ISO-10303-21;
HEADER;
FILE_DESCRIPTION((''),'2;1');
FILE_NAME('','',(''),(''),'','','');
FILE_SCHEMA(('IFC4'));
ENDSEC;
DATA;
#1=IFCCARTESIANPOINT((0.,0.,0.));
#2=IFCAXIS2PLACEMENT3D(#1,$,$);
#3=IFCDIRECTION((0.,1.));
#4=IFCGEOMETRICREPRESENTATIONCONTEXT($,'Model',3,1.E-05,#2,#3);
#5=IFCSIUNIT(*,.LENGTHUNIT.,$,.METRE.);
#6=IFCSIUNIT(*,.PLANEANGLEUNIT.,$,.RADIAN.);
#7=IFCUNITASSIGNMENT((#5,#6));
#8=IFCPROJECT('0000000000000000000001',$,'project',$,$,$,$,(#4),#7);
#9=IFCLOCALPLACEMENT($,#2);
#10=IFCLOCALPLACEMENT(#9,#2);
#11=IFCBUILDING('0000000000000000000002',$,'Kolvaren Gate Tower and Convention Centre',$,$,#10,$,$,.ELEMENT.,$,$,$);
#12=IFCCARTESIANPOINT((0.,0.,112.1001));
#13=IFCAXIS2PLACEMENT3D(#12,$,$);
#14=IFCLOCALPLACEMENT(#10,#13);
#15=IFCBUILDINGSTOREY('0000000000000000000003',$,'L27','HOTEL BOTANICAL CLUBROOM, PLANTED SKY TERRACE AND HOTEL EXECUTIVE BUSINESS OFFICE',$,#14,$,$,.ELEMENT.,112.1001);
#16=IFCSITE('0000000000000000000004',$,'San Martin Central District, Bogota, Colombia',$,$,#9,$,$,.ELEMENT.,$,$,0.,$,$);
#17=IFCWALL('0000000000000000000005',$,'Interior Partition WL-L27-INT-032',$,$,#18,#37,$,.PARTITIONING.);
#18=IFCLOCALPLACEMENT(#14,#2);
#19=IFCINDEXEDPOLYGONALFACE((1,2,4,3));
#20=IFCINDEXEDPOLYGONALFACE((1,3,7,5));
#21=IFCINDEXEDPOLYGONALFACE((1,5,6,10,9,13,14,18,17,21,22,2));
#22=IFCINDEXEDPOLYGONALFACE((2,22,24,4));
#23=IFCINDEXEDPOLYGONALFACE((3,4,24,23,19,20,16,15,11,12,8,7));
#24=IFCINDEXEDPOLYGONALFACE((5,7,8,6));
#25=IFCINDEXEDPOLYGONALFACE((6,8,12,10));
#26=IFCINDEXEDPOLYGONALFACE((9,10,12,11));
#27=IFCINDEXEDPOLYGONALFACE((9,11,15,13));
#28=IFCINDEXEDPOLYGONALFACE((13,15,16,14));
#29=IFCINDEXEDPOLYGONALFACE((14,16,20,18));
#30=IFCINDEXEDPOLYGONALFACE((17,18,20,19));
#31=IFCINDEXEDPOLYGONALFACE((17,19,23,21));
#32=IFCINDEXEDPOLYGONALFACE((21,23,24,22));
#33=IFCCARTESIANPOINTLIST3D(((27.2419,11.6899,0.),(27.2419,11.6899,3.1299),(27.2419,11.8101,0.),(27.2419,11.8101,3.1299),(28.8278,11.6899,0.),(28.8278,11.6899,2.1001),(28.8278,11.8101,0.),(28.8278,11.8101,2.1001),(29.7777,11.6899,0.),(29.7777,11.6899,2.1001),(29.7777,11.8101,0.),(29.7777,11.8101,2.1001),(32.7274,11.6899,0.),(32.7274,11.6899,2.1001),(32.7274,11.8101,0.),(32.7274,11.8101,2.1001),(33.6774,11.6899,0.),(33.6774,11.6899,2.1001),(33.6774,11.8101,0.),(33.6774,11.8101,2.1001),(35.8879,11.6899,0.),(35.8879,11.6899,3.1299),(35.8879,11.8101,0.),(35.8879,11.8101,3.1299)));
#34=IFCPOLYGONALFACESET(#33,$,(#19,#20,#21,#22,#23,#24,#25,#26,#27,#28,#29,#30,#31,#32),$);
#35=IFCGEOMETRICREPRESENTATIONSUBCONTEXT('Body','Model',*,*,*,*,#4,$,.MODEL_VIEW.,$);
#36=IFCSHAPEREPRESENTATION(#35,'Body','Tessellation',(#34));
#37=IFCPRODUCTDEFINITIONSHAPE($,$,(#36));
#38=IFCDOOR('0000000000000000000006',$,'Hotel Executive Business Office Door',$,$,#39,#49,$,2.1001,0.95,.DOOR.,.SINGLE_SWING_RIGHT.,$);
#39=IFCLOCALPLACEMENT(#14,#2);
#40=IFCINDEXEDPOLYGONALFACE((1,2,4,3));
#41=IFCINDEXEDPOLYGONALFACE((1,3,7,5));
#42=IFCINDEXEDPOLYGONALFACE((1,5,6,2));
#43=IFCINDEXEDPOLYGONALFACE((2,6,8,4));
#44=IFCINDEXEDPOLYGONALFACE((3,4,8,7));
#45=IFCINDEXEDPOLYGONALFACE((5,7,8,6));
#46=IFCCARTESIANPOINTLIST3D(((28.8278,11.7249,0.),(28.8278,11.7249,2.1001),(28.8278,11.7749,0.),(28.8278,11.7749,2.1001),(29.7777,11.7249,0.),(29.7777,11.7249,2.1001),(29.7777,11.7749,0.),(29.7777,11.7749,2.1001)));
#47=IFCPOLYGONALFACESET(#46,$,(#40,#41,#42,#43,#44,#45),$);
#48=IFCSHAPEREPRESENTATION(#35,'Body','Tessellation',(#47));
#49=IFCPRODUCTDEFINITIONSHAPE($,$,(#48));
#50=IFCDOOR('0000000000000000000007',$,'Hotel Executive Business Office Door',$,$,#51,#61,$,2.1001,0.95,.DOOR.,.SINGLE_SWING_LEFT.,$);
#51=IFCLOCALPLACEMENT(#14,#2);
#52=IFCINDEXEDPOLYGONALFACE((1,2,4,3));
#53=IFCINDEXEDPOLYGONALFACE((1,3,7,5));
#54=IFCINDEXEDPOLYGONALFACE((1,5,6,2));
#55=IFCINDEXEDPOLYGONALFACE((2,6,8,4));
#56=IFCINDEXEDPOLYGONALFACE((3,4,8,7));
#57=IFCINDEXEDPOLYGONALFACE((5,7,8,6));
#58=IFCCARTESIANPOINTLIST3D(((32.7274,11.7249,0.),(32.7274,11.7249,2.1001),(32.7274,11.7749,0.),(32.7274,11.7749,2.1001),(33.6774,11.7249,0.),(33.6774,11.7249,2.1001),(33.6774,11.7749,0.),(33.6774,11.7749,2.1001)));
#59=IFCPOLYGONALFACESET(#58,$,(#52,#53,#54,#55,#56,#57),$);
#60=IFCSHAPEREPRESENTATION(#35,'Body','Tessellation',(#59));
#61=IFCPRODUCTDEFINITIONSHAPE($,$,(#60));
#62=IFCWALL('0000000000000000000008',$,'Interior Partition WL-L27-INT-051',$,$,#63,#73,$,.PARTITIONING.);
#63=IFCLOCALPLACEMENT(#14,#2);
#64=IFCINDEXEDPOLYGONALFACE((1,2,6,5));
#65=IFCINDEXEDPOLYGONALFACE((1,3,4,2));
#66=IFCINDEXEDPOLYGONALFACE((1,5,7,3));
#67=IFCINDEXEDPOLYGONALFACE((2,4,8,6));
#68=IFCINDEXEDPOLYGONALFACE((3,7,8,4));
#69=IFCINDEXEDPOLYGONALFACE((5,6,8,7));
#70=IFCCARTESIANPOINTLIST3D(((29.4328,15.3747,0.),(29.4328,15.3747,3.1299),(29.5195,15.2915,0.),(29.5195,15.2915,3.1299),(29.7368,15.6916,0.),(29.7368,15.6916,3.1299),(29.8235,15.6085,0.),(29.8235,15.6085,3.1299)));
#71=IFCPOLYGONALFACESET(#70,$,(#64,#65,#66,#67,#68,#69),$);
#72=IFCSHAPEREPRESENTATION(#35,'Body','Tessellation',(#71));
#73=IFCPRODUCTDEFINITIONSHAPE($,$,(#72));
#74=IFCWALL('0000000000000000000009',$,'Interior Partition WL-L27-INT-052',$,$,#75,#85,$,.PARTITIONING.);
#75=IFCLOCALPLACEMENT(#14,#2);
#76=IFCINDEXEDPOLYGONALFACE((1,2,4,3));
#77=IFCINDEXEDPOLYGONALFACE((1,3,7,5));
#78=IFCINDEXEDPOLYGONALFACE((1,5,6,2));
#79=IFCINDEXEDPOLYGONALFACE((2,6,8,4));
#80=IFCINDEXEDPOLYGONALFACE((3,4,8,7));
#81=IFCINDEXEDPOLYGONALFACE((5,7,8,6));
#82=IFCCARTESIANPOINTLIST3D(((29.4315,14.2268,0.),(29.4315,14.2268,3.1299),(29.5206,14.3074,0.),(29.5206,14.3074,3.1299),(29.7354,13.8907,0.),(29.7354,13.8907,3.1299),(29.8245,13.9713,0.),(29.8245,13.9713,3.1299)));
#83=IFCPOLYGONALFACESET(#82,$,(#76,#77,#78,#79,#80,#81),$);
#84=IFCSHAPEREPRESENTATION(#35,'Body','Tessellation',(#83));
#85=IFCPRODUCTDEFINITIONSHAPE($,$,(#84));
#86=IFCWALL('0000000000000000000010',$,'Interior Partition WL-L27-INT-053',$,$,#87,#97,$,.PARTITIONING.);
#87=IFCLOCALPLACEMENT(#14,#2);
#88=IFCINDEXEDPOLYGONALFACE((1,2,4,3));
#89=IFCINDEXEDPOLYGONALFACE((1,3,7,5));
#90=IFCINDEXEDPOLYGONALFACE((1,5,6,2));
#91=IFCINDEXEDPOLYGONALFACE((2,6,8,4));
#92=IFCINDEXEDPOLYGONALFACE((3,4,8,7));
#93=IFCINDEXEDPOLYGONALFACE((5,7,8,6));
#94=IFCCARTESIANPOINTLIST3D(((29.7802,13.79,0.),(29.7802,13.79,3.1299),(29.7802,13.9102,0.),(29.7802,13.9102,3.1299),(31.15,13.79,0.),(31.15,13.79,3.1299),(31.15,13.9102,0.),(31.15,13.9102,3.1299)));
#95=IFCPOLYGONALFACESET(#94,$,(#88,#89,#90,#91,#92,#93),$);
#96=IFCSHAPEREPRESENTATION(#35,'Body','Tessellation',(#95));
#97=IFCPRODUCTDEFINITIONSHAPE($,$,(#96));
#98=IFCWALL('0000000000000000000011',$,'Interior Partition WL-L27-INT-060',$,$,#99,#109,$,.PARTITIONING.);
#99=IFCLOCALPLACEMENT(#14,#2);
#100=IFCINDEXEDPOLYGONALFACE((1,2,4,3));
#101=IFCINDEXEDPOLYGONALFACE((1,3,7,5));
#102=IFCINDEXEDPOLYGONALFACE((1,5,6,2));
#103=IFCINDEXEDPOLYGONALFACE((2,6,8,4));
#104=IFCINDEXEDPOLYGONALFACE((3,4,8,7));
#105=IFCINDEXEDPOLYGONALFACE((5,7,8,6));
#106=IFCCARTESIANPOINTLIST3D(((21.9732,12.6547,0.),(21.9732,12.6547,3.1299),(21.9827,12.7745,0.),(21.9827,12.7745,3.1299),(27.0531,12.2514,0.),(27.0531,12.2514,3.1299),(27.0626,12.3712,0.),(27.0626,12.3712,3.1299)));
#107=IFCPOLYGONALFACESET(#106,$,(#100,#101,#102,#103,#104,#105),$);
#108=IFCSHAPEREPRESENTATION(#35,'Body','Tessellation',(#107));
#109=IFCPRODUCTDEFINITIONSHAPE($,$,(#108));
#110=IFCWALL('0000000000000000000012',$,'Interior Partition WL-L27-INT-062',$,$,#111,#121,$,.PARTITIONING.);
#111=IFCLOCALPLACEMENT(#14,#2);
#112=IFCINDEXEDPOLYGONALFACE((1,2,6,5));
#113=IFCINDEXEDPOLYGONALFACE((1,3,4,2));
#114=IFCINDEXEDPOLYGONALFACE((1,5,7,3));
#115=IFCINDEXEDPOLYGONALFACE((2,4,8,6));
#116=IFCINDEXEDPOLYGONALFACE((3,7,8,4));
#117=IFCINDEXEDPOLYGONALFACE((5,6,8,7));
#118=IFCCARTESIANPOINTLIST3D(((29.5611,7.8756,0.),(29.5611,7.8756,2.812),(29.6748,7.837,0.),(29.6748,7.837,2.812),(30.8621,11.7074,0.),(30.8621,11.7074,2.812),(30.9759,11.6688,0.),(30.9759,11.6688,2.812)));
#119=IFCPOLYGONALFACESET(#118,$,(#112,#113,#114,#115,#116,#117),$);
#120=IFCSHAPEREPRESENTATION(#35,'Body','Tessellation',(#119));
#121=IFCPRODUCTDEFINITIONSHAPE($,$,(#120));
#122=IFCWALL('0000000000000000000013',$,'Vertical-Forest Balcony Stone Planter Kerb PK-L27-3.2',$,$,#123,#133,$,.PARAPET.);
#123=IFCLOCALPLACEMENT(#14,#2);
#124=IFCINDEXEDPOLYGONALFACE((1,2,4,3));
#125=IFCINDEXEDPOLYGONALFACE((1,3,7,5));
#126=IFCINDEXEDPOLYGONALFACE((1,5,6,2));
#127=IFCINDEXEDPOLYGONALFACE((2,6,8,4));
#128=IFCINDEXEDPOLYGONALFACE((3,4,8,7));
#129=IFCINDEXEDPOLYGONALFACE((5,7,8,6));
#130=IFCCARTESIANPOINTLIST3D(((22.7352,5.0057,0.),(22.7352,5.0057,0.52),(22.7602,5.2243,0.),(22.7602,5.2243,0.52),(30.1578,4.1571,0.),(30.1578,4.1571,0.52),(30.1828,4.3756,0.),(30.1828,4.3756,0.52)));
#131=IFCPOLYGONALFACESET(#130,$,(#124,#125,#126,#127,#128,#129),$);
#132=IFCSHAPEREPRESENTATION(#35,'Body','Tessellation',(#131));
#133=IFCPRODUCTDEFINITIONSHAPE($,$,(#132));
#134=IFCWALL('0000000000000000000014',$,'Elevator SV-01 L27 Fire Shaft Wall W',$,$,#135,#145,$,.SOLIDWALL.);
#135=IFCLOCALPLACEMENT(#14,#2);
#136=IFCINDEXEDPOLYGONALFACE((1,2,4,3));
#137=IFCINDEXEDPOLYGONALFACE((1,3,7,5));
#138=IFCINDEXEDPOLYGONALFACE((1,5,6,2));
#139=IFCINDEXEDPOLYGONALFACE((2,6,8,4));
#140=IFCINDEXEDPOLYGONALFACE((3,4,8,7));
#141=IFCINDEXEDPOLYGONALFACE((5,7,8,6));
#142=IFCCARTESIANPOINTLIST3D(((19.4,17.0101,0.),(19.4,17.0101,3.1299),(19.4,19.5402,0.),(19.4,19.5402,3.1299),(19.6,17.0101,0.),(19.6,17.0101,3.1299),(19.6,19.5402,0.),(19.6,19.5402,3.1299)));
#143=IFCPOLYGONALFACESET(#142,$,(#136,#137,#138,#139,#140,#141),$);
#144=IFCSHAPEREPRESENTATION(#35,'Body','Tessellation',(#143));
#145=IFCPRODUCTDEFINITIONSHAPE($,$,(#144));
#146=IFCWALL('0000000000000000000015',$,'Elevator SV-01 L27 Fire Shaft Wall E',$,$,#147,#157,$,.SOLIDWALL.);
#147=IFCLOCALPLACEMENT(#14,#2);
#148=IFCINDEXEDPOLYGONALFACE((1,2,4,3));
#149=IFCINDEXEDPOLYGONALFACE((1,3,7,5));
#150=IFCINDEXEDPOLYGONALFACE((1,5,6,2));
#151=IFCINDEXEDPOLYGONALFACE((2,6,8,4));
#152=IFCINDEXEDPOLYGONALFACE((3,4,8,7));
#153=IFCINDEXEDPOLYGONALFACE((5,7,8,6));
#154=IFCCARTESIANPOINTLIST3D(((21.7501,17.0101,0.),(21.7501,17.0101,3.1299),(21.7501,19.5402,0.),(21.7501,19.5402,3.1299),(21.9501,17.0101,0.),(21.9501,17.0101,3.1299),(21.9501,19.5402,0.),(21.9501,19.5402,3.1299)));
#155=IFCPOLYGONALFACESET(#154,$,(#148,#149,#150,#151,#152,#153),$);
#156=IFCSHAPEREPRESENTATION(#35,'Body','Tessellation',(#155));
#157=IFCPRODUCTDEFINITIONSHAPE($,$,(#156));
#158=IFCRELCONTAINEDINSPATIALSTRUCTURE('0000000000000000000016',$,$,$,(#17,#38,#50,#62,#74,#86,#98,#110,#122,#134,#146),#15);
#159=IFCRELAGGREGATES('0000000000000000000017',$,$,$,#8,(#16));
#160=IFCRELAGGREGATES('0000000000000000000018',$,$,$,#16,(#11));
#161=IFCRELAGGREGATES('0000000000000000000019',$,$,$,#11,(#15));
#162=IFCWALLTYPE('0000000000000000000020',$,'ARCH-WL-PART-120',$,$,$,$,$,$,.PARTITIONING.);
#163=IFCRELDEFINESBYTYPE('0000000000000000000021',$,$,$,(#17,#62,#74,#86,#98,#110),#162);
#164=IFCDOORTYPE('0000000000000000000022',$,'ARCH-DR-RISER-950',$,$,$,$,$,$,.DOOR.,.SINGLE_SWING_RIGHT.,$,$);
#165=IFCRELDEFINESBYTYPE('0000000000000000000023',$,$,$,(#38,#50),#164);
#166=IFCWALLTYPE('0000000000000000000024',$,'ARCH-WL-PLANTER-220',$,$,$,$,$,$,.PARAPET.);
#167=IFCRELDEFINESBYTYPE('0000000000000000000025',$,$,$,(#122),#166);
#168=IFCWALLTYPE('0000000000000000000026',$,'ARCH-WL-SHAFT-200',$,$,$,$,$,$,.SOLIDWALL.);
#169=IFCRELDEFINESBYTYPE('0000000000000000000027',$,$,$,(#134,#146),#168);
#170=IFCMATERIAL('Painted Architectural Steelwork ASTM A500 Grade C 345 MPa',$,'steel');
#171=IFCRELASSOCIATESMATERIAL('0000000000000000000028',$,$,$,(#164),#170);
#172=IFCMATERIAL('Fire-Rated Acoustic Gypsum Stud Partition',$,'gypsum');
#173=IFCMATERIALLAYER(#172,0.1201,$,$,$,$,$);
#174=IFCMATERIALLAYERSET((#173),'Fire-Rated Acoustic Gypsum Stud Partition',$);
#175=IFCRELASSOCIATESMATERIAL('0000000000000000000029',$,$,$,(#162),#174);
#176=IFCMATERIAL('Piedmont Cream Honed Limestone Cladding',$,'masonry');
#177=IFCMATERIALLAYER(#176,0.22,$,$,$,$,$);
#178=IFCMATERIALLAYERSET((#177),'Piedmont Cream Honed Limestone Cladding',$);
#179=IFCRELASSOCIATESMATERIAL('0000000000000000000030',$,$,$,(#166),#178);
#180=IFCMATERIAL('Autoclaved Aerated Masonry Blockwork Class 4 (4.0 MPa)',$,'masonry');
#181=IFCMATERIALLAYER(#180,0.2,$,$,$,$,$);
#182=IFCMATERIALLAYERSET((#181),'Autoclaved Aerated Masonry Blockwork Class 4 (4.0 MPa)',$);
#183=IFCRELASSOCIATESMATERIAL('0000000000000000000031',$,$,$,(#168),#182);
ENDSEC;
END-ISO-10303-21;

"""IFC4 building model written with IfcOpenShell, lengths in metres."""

from ifc_helpers import new_model, si_unit, direction, frame, frame_2d, origin, place, context, subcontext, project, spatial, rectangle, extrude, material, layer, layer_set, type_object, element, fill, save


model = new_model("IFC4")

# Units and contexts
model_context = context("Model", 3, precision=1e-05, world=origin(), true_north=direction((0.0, 1.0)))
body_context = subcontext(model_context, "Body", "Model", "MODEL_VIEW")
ifc_project = project(units=[si_unit("LENGTHUNIT", "METRE"), si_unit("PLANEANGLEUNIT", "RADIAN")], contexts=[model_context])

# Site, building, storey
site_placement = place(None, origin())
site = spatial("IfcSite", under=ifc_project, at=site_placement, Name="San Martin Central District, Bogota, Colombia", CompositionType="ELEMENT", RefElevation=0.0)
building_placement = place(site_placement, origin())
building = spatial("IfcBuilding", under=site, at=building_placement, Name="Kolvaren Gate Tower and Convention Centre", CompositionType="ELEMENT")
storey_placement = place(building_placement, frame((0.0, 0.0, 112.1001)))
storey = spatial("IfcBuildingStorey", under=building, at=storey_placement, Name="L27", Description="HOTEL BOTANICAL CLUBROOM, PLANTED SKY TERRACE AND HOTEL EXECUTIVE BUSINESS OFFICE", CompositionType="ELEMENT", Elevation=112.1001)

# Shared definitions
ifc_material_1 = material(Name="Autoclaved Aerated Masonry Blockwork Class 4 (4.0 MPa)", Category="masonry")

# Shared definitions
ifc_material_2 = material(Name="Painted Architectural Steelwork ASTM A500 Grade C 345 MPa", Category="steel")
door_type_1 = type_object("IfcDoorType", Name="ARCH-DR-RISER-950", OperationType="SINGLE_SWING_RIGHT", PredefinedType="DOOR", material=ifc_material_2)

# Shared definitions
ifc_material_3 = material(Name="Fire-Rated Acoustic Gypsum Stud Partition", Category="gypsum")
ifc_layer_1 = layer(ifc_material_3, 0.1201)
ifc_layer_set_1 = layer_set([ifc_layer_1], Name="Fire-Rated Acoustic Gypsum Stud Partition")
wall_type_1 = type_object("IfcWallType", Name="ARCH-WL-PART-120", PredefinedType="PARTITIONING", material=ifc_layer_set_1)

# Wall, openings, doors
wall_1_placement = place(storey_placement, frame((27.2419, 11.75, 0.0), z_axis=(0.0, 0.0, 1.0), x_axis=(1.0, 0.0, 0.0)))
wall_1 = element("IfcWall", 1, at=wall_1_placement, inside=storey, type_object=wall_type_1, Name="Interior Partition WL-L27-INT-032", PredefinedType="PARTITIONING", context=body_context, shape_type="SweptSolid", body=[
    extrude(rectangle(XDim=8.646, YDim=0.1201, at=frame_2d((4.323, 0.0))), origin(), (0.0, 0.0, 1.0), 3.1299),
])
opening_1_placement = place(wall_1_placement, frame((1.5857, 0.0, 0.0)))
opening_1 = element("IfcOpeningElement", 2, at=opening_1_placement, cuts=wall_1, PredefinedType="OPENING", context=body_context, shape_type="SweptSolid", body=[
    extrude(rectangle(XDim=0.95, YDim=2.1001, at=frame_2d((0.4751, 1.05))), frame((0.0, 0.0701, 0.0), z_axis=(0.0, -1.0, 0.0), x_axis=(1.0, 0.0, 0.0)), (0.0, 0.0, 1.0), 0.1401),
])
opening_2_placement = place(wall_1_placement, frame((5.4854, 0.0, 0.0)))
opening_2 = element("IfcOpeningElement", 3, at=opening_2_placement, cuts=wall_1, PredefinedType="OPENING", context=body_context, shape_type="SweptSolid", body=[
    extrude(rectangle(XDim=0.95, YDim=2.1001, at=frame_2d((0.4751, 1.05))), frame((0.0, 0.0701, 0.0), z_axis=(0.0, -1.0, 0.0), x_axis=(1.0, 0.0, 0.0)), (0.0, 0.0, 1.0), 0.1401),
])
door_1_placement = place(opening_1_placement, origin())
door_1 = element("IfcDoor", 4, at=door_1_placement, inside=storey, type_object=door_type_1, Name="Hotel Executive Business Office Door", OperationType="SINGLE_SWING_RIGHT", OverallHeight=2.1001, OverallWidth=0.95, PredefinedType="DOOR", context=body_context, shape_type="SweptSolid", body=[
    extrude(rectangle(XDim=0.95, YDim=2.1001, at=frame_2d((0.4751, 1.05))), frame((0.0, 0.0249, 0.0), z_axis=(0.0, -1.0, 0.0), x_axis=(1.0, 0.0, 0.0)), (0.0, 0.0, 1.0), 0.05),
])
fill(opening_1, door_1)
door_2_placement = place(opening_2_placement, origin())
door_2 = element("IfcDoor", 5, at=door_2_placement, inside=storey, type_object=door_type_1, Name="Hotel Executive Business Office Door", OperationType="SINGLE_SWING_LEFT", OverallHeight=2.1001, OverallWidth=0.95, PredefinedType="DOOR", context=body_context, shape_type="SweptSolid", body=[
    extrude(rectangle(XDim=0.95, YDim=2.1001, at=frame_2d((0.4751, 1.05))), frame((0.0, 0.0249, 0.0), z_axis=(0.0, -1.0, 0.0), x_axis=(1.0, 0.0, 0.0)), (0.0, 0.0, 1.0), 0.05),
])
fill(opening_2, door_2)

# Walls
wall_2_placement = place(storey_placement, frame((29.4761, 15.333, 0.0), z_axis=(0.0, 0.0, 1.0), x_axis=(0.692219, 0.721687, 0.0)))
element("IfcWall", 6, at=wall_2_placement, inside=storey, type_object=wall_type_1, Name="Interior Partition WL-L27-INT-051", PredefinedType="PARTITIONING", context=body_context, shape_type="SweptSolid", body=[
    extrude(rectangle(XDim=0.4392, YDim=0.1201, at=frame_2d((0.2197, 0.0))), origin(), (0.0, 0.0, 1.0), 3.1299),
])
wall_3_placement = place(storey_placement, frame((29.4761, 14.2671, 0.0), z_axis=(0.0, 0.0, 1.0), x_axis=(0.670659, -0.741765, 0.0)))
element("IfcWall", 7, at=wall_3_placement, inside=storey, type_object=wall_type_1, Name="Interior Partition WL-L27-INT-052", PredefinedType="PARTITIONING", context=body_context, shape_type="SweptSolid", body=[
    extrude(rectangle(XDim=0.4531, YDim=0.1201, at=frame_2d((0.2266, 0.0))), origin(), (0.0, 0.0, 1.0), 3.1299),
])
wall_4_placement = place(storey_placement, frame((29.78, 13.8501, 0.0), z_axis=(0.0, 0.0, 1.0), x_axis=(1.0, 0.0, 0.0)))
element("IfcWall", 8, at=wall_4_placement, inside=storey, type_object=wall_type_1, Name="Interior Partition WL-L27-INT-053", PredefinedType="PARTITIONING", context=body_context, shape_type="SweptSolid", body=[
    extrude(rectangle(XDim=1.3699, YDim=0.1201, at=frame_2d((0.6851, 0.0))), origin(), (0.0, 0.0, 1.0), 3.1299),
])
wall_5_placement = place(storey_placement, frame((21.978, 12.7146, 0.0), z_axis=(0.0, 0.0, 1.0), x_axis=(0.996863, -0.079144, 0.0)))
element("IfcWall", 9, at=wall_5_placement, inside=storey, type_object=wall_type_1, Name="Interior Partition WL-L27-INT-060", PredefinedType="PARTITIONING", context=body_context, shape_type="SweptSolid", body=[
    extrude(rectangle(XDim=5.0959, YDim=0.1201, at=frame_2d((2.5479, 0.0))), origin(), (0.0, 0.0, 1.0), 3.1299),
])
wall_6_placement = place(storey_placement, frame((29.6179, 7.8562, 0.0), z_axis=(0.0, 0.0, 1.0), x_axis=(0.321508, 0.946907, 0.0)))
element("IfcWall", 10, at=wall_6_placement, inside=storey, type_object=wall_type_1, Name="Interior Partition WL-L27-INT-062", PredefinedType="PARTITIONING", context=body_context, shape_type="SweptSolid", body=[
    extrude(rectangle(XDim=4.0466, YDim=0.1201, at=frame_2d((2.0234, 0.0))), origin(), (0.0, 0.0, 1.0), 2.812),
])
ifc_material_4 = material(Name="Piedmont Cream Honed Limestone Cladding", Category="masonry")
ifc_layer_2 = layer(ifc_material_4, 0.22)
ifc_layer_set_2 = layer_set([ifc_layer_2], Name="Piedmont Cream Honed Limestone Cladding")
wall_type_2 = type_object("IfcWallType", Name="ARCH-WL-PLANTER-220", PredefinedType="PARAPET", material=ifc_layer_set_2)
wall_7_placement = place(storey_placement, frame((22.7478, 5.115, 0.0), z_axis=(0.0, 0.0, 1.0), x_axis=(0.993528, -0.113591, 0.0)))
element("IfcWall", 11, at=wall_7_placement, inside=storey, type_object=wall_type_2, Name="Vertical-Forest Balcony Stone Planter Kerb PK-L27-3.2", PredefinedType="PARAPET", context=body_context, shape_type="SweptSolid", body=[
    extrude(rectangle(XDim=7.4709, YDim=0.22, at=frame_2d((3.7354, 0.0))), origin(), (0.0, 0.0, 1.0), 0.52),
])
ifc_layer_3 = layer(ifc_material_1, 0.2)
ifc_layer_set_3 = layer_set([ifc_layer_3], Name="Autoclaved Aerated Masonry Blockwork Class 4 (4.0 MPa)")
wall_type_3 = type_object("IfcWallType", Name="ARCH-WL-SHAFT-200", PredefinedType="SOLIDWALL", material=ifc_layer_set_3)
for number, where, z_axis, x_axis, name in (
    (12, (19.5, 17.01, 0.0), (0.0, 0.0, 1.0), (0.0, 1.0, 0.0), "Elevator SV-01 L27 Fire Shaft Wall W"),
    (13, (21.8501, 17.01, 0.0), (0.0, 0.0, 1.0), (0.0, 1.0, 0.0), "Elevator SV-01 L27 Fire Shaft Wall E"),
):
    element("IfcWall", number, at=place(storey_placement, frame(where, z_axis=z_axis, x_axis=x_axis)), inside=storey, type_object=wall_type_3, Name=name, PredefinedType="SOLIDWALL", context=body_context, shape_type="SweptSolid", body=[
        extrude(rectangle(XDim=2.53, YDim=0.2, at=frame_2d((1.2651, 0.0))), origin(), (0.0, 0.0, 1.0), 3.1299),
    ])

save(model, "model.ifc")
